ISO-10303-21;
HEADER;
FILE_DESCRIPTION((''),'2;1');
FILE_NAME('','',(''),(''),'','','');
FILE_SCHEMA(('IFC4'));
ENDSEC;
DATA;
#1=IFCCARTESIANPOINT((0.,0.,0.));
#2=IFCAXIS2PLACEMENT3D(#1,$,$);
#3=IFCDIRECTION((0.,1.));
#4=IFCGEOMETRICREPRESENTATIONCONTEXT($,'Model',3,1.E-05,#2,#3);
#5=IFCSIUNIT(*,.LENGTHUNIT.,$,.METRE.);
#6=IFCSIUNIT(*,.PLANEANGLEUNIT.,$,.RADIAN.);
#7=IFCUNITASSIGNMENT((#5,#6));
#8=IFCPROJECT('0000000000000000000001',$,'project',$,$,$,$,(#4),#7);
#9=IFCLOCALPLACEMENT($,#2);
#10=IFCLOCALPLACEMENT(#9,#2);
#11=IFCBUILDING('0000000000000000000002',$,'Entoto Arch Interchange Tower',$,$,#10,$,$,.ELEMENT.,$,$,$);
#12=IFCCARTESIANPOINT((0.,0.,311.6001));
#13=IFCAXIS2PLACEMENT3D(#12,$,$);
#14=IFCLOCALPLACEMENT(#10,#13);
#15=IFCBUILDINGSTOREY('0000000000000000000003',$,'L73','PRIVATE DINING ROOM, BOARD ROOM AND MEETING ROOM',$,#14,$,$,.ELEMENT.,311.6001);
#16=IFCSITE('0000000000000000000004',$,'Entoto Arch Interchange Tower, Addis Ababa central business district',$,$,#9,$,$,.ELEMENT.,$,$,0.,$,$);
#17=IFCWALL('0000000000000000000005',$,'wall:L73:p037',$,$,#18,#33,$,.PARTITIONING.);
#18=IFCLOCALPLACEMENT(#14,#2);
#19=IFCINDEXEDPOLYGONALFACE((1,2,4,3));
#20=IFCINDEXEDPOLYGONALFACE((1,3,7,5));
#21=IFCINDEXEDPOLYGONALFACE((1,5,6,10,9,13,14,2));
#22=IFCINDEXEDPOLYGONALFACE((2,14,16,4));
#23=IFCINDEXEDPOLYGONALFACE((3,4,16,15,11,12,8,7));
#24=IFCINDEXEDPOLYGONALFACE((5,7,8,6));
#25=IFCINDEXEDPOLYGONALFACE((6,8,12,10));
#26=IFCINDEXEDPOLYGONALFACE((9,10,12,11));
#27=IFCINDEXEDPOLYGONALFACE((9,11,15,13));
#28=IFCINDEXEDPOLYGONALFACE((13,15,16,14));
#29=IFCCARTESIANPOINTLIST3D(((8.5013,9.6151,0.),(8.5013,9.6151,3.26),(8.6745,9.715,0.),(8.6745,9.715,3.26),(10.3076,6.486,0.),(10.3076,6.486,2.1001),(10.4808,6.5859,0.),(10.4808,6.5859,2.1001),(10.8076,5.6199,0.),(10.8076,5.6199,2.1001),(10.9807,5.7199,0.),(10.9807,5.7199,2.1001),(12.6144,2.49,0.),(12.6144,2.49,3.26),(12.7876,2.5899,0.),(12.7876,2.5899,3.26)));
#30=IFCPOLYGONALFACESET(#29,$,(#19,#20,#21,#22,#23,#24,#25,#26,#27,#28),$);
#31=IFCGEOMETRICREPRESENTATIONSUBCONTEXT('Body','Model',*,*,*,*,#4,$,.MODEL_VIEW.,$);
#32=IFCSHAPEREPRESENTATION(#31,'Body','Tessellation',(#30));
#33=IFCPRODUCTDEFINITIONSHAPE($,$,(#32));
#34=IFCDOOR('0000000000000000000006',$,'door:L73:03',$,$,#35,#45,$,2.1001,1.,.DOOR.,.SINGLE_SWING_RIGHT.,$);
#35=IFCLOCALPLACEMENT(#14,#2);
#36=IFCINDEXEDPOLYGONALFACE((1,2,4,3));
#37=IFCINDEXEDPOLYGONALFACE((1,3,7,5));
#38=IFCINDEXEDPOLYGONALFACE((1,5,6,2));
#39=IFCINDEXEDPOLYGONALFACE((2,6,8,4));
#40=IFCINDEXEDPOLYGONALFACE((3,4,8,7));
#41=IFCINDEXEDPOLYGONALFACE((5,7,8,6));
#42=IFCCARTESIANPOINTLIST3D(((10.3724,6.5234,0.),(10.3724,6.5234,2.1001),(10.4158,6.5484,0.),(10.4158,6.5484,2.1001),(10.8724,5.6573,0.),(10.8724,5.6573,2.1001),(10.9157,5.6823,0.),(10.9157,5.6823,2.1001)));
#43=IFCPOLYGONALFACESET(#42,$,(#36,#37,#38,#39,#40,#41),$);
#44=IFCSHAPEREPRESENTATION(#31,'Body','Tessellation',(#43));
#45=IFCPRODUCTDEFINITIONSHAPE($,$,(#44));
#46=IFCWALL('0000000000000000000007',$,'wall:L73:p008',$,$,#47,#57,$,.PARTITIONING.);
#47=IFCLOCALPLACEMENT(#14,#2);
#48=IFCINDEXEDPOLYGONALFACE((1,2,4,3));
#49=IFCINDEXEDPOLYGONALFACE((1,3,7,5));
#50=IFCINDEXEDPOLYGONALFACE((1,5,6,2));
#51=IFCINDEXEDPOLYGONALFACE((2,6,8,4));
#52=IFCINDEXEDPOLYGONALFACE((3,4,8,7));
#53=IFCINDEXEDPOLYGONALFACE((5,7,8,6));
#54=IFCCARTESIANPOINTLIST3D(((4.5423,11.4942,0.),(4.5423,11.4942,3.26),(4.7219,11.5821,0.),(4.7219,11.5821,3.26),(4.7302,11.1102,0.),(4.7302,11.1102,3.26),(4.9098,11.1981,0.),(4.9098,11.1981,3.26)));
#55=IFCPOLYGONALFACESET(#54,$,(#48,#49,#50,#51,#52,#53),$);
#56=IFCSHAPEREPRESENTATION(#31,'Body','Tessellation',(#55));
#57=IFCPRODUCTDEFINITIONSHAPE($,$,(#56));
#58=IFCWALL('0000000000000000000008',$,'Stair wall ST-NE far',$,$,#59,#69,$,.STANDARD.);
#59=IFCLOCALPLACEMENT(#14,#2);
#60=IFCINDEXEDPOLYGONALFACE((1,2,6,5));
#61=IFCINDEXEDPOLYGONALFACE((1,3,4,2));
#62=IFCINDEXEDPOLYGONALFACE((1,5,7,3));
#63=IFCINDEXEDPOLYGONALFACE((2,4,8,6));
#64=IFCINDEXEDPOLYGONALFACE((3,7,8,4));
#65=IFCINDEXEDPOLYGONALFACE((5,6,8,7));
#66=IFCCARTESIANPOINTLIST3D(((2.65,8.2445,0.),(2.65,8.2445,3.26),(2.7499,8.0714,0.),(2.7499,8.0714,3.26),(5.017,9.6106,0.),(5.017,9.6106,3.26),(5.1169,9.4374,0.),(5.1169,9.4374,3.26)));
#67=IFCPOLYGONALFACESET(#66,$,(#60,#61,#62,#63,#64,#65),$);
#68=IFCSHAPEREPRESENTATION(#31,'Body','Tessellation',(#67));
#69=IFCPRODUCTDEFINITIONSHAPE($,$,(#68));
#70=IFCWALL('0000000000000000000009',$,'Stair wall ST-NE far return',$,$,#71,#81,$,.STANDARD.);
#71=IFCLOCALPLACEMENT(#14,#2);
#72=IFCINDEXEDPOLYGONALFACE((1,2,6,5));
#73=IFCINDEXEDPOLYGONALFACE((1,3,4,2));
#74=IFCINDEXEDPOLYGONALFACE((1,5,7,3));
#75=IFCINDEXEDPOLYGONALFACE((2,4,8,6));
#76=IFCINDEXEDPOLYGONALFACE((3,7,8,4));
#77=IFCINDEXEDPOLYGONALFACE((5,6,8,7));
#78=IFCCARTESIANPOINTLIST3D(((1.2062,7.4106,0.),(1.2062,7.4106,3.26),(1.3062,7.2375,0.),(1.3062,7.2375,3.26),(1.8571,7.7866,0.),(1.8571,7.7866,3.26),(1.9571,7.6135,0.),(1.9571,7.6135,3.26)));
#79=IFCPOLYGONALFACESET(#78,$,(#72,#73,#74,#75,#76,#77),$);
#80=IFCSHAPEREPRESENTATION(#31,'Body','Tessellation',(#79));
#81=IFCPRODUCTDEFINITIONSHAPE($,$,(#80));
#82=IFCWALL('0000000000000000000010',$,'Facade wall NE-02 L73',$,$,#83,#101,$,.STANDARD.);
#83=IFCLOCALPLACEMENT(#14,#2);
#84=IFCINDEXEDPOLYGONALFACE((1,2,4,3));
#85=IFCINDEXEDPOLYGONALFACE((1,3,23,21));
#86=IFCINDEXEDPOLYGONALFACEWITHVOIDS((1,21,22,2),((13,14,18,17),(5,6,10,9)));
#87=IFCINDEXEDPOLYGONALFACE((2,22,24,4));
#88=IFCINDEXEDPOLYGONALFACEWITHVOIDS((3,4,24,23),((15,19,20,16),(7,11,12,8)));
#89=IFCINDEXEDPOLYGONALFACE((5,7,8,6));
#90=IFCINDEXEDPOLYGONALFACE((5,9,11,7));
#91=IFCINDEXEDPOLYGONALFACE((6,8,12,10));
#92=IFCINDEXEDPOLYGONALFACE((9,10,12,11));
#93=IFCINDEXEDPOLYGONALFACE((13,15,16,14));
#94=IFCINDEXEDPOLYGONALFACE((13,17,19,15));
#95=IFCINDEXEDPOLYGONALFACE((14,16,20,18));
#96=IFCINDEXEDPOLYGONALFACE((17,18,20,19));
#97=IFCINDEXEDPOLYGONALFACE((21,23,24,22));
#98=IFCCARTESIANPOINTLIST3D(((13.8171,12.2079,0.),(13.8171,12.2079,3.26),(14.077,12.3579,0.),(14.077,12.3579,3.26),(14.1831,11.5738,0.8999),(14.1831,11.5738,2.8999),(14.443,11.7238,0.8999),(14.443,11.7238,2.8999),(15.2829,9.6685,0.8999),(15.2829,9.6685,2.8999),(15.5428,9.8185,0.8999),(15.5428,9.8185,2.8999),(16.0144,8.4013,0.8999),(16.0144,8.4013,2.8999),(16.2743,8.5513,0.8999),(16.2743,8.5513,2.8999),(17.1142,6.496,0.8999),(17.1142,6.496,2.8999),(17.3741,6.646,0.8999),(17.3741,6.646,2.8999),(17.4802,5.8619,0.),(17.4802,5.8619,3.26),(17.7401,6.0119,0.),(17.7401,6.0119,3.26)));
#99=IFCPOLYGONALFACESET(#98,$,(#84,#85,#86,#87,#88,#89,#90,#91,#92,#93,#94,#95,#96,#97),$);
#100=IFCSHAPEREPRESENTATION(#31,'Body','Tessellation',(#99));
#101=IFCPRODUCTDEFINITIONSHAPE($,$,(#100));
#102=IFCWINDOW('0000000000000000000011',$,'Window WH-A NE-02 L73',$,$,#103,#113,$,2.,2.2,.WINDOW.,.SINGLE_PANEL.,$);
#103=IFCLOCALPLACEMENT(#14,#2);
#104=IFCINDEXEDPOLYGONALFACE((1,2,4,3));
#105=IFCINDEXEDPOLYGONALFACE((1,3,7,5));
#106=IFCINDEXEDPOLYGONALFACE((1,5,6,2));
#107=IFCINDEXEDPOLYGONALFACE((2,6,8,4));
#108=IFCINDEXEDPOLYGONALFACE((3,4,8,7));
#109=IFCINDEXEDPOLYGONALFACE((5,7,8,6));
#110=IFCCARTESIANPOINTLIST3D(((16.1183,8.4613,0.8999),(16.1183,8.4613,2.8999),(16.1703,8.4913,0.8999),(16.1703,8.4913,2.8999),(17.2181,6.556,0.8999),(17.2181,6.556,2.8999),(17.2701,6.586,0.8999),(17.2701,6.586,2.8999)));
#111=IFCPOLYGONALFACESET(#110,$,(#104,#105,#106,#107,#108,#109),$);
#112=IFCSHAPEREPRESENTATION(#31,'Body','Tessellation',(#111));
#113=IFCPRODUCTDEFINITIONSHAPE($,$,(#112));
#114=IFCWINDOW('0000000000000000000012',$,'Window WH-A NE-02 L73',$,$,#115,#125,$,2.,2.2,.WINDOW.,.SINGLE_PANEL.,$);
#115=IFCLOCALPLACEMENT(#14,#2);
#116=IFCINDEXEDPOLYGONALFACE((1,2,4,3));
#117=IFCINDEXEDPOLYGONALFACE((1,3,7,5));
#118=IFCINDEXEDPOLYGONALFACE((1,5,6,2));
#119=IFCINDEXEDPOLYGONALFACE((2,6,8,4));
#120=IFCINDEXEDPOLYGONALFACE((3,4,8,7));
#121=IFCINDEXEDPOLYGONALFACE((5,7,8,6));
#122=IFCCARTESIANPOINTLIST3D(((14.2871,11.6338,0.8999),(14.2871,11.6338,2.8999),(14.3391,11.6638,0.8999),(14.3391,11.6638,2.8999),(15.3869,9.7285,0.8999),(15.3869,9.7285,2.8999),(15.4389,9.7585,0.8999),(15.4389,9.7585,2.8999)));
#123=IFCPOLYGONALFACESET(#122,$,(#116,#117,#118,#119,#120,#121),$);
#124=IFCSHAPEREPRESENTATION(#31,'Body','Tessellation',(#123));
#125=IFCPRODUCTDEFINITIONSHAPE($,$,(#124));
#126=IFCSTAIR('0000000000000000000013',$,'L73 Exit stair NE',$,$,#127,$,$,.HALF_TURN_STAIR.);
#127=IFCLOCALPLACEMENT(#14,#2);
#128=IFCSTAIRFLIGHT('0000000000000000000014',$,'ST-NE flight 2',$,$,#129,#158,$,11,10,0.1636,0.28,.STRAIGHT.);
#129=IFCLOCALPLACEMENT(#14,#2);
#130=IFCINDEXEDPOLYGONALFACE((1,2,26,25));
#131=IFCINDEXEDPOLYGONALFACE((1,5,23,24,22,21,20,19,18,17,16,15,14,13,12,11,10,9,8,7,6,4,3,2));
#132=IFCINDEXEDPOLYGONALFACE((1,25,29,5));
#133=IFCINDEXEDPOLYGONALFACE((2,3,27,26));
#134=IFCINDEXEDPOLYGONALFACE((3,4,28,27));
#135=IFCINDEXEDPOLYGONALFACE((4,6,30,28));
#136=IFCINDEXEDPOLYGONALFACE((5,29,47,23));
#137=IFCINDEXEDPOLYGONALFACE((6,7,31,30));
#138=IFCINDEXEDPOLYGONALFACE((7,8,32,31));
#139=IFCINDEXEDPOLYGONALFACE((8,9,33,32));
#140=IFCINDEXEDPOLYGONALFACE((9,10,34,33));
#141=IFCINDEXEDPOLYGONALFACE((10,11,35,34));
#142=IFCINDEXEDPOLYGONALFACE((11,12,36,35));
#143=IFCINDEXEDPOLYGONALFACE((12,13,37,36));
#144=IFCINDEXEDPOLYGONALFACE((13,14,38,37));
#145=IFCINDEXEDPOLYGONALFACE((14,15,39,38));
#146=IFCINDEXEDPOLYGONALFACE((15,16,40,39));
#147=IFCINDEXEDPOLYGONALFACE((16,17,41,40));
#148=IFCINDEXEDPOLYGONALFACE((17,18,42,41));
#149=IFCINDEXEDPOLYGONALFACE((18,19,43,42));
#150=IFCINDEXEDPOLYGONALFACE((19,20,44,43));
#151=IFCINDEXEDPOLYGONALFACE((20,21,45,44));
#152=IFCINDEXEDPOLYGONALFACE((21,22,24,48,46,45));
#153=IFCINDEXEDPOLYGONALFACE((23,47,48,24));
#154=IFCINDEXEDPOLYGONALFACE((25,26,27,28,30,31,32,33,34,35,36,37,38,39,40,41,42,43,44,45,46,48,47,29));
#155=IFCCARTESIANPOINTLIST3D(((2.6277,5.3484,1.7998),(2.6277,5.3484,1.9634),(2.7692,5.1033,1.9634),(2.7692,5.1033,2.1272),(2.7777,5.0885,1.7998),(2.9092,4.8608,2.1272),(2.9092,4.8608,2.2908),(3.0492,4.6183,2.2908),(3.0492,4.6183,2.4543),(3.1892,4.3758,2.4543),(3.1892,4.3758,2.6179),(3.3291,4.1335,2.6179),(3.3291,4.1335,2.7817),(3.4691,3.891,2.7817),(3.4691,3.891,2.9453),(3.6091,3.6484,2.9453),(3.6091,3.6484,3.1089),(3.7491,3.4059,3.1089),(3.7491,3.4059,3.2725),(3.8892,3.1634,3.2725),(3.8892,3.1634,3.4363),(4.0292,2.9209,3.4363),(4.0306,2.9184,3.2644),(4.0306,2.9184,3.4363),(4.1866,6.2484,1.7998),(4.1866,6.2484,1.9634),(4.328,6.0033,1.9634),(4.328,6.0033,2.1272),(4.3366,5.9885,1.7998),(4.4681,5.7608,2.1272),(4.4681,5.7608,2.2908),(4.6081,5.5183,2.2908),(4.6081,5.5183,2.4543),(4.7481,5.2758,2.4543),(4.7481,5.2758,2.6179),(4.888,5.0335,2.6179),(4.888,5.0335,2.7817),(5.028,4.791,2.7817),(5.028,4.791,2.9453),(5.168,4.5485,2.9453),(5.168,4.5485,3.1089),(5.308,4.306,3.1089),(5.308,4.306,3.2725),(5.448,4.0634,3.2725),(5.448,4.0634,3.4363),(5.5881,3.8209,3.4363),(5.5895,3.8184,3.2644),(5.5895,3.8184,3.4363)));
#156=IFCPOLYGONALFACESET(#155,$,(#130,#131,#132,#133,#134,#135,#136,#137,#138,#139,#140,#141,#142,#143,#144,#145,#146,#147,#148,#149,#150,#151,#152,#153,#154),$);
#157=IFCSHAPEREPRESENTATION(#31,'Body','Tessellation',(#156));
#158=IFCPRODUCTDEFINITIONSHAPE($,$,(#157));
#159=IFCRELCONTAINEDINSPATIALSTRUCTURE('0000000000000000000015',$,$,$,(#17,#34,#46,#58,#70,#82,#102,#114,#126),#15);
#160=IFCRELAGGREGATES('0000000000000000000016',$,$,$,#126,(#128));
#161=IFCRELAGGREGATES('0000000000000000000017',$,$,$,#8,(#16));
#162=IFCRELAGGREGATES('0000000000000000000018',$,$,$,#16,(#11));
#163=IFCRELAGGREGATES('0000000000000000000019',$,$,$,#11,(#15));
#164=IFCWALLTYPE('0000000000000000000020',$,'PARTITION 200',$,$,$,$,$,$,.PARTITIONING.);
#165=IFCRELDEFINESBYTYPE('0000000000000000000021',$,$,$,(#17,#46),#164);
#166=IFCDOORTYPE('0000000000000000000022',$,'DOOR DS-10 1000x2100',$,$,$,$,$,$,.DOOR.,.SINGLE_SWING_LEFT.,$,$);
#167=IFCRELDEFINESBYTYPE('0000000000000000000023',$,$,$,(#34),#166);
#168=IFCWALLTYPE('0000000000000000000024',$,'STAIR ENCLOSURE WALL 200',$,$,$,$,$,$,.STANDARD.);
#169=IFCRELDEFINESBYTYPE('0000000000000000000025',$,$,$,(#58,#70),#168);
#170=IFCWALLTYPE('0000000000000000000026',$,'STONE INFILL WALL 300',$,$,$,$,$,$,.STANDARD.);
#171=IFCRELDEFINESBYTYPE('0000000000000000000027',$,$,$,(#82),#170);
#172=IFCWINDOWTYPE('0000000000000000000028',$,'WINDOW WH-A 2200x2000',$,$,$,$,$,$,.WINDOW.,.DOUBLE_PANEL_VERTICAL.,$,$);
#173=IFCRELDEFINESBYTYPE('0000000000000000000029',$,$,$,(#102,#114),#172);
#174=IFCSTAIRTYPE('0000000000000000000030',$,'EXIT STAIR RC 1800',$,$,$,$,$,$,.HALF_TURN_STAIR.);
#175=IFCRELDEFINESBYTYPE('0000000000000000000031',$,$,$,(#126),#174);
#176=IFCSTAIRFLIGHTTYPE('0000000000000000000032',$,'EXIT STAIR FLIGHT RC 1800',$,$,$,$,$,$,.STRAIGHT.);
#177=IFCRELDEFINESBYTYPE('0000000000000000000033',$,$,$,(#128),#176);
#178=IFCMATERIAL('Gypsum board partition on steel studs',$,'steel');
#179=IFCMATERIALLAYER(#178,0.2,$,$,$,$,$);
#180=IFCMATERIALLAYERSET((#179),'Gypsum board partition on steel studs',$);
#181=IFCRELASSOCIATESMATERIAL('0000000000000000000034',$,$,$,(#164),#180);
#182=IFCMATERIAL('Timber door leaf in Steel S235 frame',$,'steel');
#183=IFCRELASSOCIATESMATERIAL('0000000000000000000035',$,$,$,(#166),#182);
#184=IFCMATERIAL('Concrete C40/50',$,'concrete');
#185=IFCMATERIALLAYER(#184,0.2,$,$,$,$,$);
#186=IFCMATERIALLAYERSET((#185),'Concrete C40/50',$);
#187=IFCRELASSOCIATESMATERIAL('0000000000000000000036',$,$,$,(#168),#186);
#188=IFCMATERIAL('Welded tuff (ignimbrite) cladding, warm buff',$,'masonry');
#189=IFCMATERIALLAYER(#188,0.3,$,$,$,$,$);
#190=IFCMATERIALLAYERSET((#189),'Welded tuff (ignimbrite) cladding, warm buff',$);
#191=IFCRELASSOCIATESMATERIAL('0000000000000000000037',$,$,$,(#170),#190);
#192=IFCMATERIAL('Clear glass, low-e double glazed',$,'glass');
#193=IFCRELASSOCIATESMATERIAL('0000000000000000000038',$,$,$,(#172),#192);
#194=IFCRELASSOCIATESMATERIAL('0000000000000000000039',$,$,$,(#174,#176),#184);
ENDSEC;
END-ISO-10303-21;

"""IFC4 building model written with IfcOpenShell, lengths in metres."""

from ifc_helpers import new_model, si_unit, direction, frame, frame_2d, origin, place, context, subcontext, project, spatial, polyline, rectangle, outline, extrude, material, layer, layer_set, type_object, element, fill, aggregate, save


model = new_model("IFC4")

# Units and contexts
model_context = context("Model", 3, precision=1e-05, world=origin(), true_north=direction((0.0, 1.0)))
body_context = subcontext(model_context, "Body", "Model", "MODEL_VIEW")
ifc_project = project(units=[si_unit("LENGTHUNIT", "METRE"), si_unit("PLANEANGLEUNIT", "RADIAN")], contexts=[model_context])

# Site, building, storey
site_placement = place(None, origin())
site = spatial("IfcSite", under=ifc_project, at=site_placement, Name="Entoto Arch Interchange Tower, Addis Ababa central business district", CompositionType="ELEMENT", RefElevation=0.0)
building_placement = place(site_placement, origin())
building = spatial("IfcBuilding", under=site, at=building_placement, Name="Entoto Arch Interchange Tower", CompositionType="ELEMENT")
storey_placement = place(building_placement, frame((0.0, 0.0, 311.6001)))
storey = spatial("IfcBuildingStorey", under=building, at=storey_placement, Name="L73", Description="PRIVATE DINING ROOM, BOARD ROOM AND MEETING ROOM", CompositionType="ELEMENT", Elevation=311.6001)

# Shared definitions
ifc_material_1 = material(Name="Concrete C40/50", Category="concrete")

# Shared definitions
ifc_material_2 = material(Name="Gypsum board partition on steel studs", Category="steel")
ifc_layer_1 = layer(ifc_material_2, 0.2)
ifc_layer_set_1 = layer_set([ifc_layer_1], Name="Gypsum board partition on steel studs")
wall_type_1 = type_object("IfcWallType", Name="PARTITION 200", PredefinedType="PARTITIONING", material=ifc_layer_set_1)

# Wall, opening, door
ifc_material_3 = material(Name="Timber door leaf in Steel S235 frame", Category="steel")
door_type_1 = type_object("IfcDoorType", Name="DOOR DS-10 1000x2100", OperationType="SINGLE_SWING_LEFT", PredefinedType="DOOR", material=ifc_material_3)
wall_1_placement = place(storey_placement, frame((8.5879, 9.665, 0.0), z_axis=(0.0, 0.0, 1.0), x_axis=(0.499947, -0.866056, 0.0)))
wall_1 = element("IfcWall", 1, at=wall_1_placement, inside=storey, type_object=wall_type_1, Name="wall:L73:p037", PredefinedType="PARTITIONING", context=body_context, shape_type="SweptSolid", body=[
    extrude(rectangle(XDim=8.2271, YDim=0.2, at=frame_2d((4.1135, 0.0))), origin(), (0.0, 0.0, 1.0), 3.26),
])
opening_1_placement = place(wall_1_placement, frame((3.613, 0.0, 0.0)))
opening_1 = element("IfcOpeningElement", 2, at=opening_1_placement, cuts=wall_1, PredefinedType="OPENING", context=body_context, shape_type="SweptSolid", body=[
    extrude(rectangle(XDim=1.0, YDim=2.1001, at=frame_2d((0.5, 1.05))), frame((0.0, 0.1099, 0.0), z_axis=(0.0, -1.0, 0.0), x_axis=(1.0, 0.0, 0.0)), (0.0, 0.0, 1.0), 0.22),
])
door_1_placement = place(opening_1_placement, origin())
door_1 = element("IfcDoor", 3, at=door_1_placement, inside=storey, type_object=door_type_1, Name="door:L73:03", OperationType="SINGLE_SWING_RIGHT", OverallHeight=2.1001, OverallWidth=1.0, PredefinedType="DOOR", context=body_context, shape_type="SweptSolid", body=[
    extrude(rectangle(XDim=1.0, YDim=2.1001, at=frame_2d((0.5, 1.05))), frame((0.0, 0.0249, 0.0), z_axis=(0.0, -1.0, 0.0), x_axis=(1.0, 0.0, 0.0)), (0.0, 0.0, 1.0), 0.05),
])
fill(opening_1, door_1)

# Walls
wall_2_placement = place(storey_placement, frame((4.8201, 11.1541, 0.0), z_axis=(0.0, 0.0, 1.0), x_axis=(-0.439661, 0.898164, 0.0)))
element("IfcWall", 4, at=wall_2_placement, inside=storey, type_object=wall_type_1, Name="wall:L73:p008", PredefinedType="PARTITIONING", context=body_context, shape_type="SweptSolid", body=[
    extrude(rectangle(XDim=0.4275, YDim=0.2, at=frame_2d((0.2139, 0.0))), origin(), (0.0, 0.0, 1.0), 3.26),
])
ifc_layer_2 = layer(ifc_material_1, 0.2)
ifc_layer_set_2 = layer_set([ifc_layer_2], Name="Concrete C40/50")
wall_type_2 = type_object("IfcWallType", Name="STAIR ENCLOSURE WALL 200", PredefinedType="STANDARD", material=ifc_layer_set_2)
wall_3_placement = place(storey_placement, frame((2.7, 8.158, 0.0), z_axis=(0.0, 0.0, 1.0), x_axis=(0.866119, 0.499838, 0.0)))
element("IfcWall", 5, at=wall_3_placement, inside=storey, type_object=wall_type_2, Name="Stair wall ST-NE far", PredefinedType="STANDARD", context=body_context, shape_type="SweptSolid", body=[
    extrude(rectangle(XDim=2.7329, YDim=0.2, at=frame_2d((1.3665, 0.0))), origin(), (0.0, 0.0, 1.0), 3.26),
])
wall_4_placement = place(storey_placement, frame((1.2561, 7.324, 0.0), z_axis=(0.0, 0.0, 1.0), x_axis=(0.865915, 0.500191, 0.0)))
element("IfcWall", 6, at=wall_4_placement, inside=storey, type_object=wall_type_2, Name="Stair wall ST-NE far return", PredefinedType="STANDARD", context=body_context, shape_type="SweptSolid", body=[
    extrude(rectangle(XDim=0.7517, YDim=0.2, at=frame_2d((0.376, 0.0))), origin(), (0.0, 0.0, 1.0), 3.26),
])

# Wall, openings, windows
ifc_material_4 = material(Name="Welded tuff (ignimbrite) cladding, warm buff", Category="masonry")
ifc_layer_3 = layer(ifc_material_4, 0.3)
ifc_layer_set_3 = layer_set([ifc_layer_3], Name="Welded tuff (ignimbrite) cladding, warm buff")
wall_type_3 = type_object("IfcWallType", Name="STONE INFILL WALL 300", PredefinedType="STANDARD", material=ifc_layer_set_3)
wall_5_placement = place(storey_placement, frame((17.6101, 5.937, 0.0), z_axis=(0.0, 0.0, 1.0), x_axis=(-0.499923, 0.86607, 0.0)))
wall_5 = element("IfcWall", 7, at=wall_5_placement, inside=storey, type_object=wall_type_3, Name="Facade wall NE-02 L73", PredefinedType="STANDARD", context=body_context, shape_type="SweptSolid", body=[
    extrude(rectangle(XDim=7.3274, YDim=0.3, at=frame_2d((3.6636, 0.0))), origin(), (0.0, 0.0, 1.0), 3.26),
])
opening_2_placement = place(wall_5_placement, frame((0.7319, 0.0, 0.8999)))
opening_2 = element("IfcOpeningElement", 8, at=opening_2_placement, cuts=wall_5, PredefinedType="OPENING", context=body_context, shape_type="SweptSolid", body=[
    extrude(rectangle(XDim=2.2, YDim=2.0, at=frame_2d((1.1001, 1.0))), frame((0.0, 0.1602, 0.0), z_axis=(0.0, -1.0, 0.0), x_axis=(1.0, 0.0, 0.0)), (0.0, 0.0, 1.0), 0.3201),
])
opening_3_placement = place(wall_5_placement, frame((4.395, 0.0, 0.8999)))
opening_3 = element("IfcOpeningElement", 9, at=opening_3_placement, cuts=wall_5, PredefinedType="OPENING", context=body_context, shape_type="SweptSolid", body=[
    extrude(rectangle(XDim=2.2, YDim=2.0, at=frame_2d((1.1001, 1.0))), frame((0.0, 0.1602, 0.0), z_axis=(0.0, -1.0, 0.0), x_axis=(1.0, 0.0, 0.0)), (0.0, 0.0, 1.0), 0.3201),
])
ifc_material_5 = material(Name="Clear glass, low-e double glazed", Category="glass")
window_type = type_object("IfcWindowType", Name="WINDOW WH-A 2200x2000", PartitioningType="DOUBLE_PANEL_VERTICAL", PredefinedType="WINDOW", material=ifc_material_5)
window_1_placement = place(opening_2_placement, origin())
window_1 = element("IfcWindow", 10, at=window_1_placement, inside=storey, type_object=window_type, Name="Window WH-A NE-02 L73", OverallHeight=2.0, OverallWidth=2.2, PartitioningType="SINGLE_PANEL", PredefinedType="WINDOW", context=body_context, shape_type="SweptSolid", body=[
    extrude(rectangle(XDim=2.2, YDim=2.0, at=frame_2d((1.1001, 1.0))), frame((0.0, 0.03, 0.0), z_axis=(0.0, -1.0, 0.0), x_axis=(1.0, 0.0, 0.0)), (0.0, 0.0, 1.0), 0.0601),
])
fill(opening_2, window_1)
window_2_placement = place(opening_3_placement, origin())
window_2 = element("IfcWindow", 11, at=window_2_placement, inside=storey, type_object=window_type, Name="Window WH-A NE-02 L73", OverallHeight=2.0, OverallWidth=2.2, PartitioningType="SINGLE_PANEL", PredefinedType="WINDOW", context=body_context, shape_type="SweptSolid", body=[
    extrude(rectangle(XDim=2.2, YDim=2.0, at=frame_2d((1.1001, 1.0))), frame((0.0, 0.03, 0.0), z_axis=(0.0, -1.0, 0.0), x_axis=(1.0, 0.0, 0.0)), (0.0, 0.0, 1.0), 0.0601),
])
fill(opening_3, window_2)

# Stair, stair flight
stair_type = type_object("IfcStairType", Name="EXIT STAIR RC 1800", PredefinedType="HALF_TURN_STAIR", material=ifc_material_1)
stair_placement = place(storey_placement, origin())
stair = element("IfcStair", 12, at=stair_placement, inside=storey, type_object=stair_type, Name="L73 Exit stair NE", PredefinedType="HALF_TURN_STAIR")
stair_flight_type = type_object("IfcStairFlightType", Name="EXIT STAIR FLIGHT RC 1800", PredefinedType="STRAIGHT", material=ifc_material_1)
stair_flight_placement = place(storey_placement, frame((3.4087, 5.7959, 1.7998), z_axis=(0.0, 0.0, 1.0), x_axis=(0.5, -0.866025, 0.0)))
stair_flight = element("IfcStairFlight", 13, at=stair_flight_placement, type_object=stair_flight_type, Name="ST-NE flight 2", NumberOfRisers=11, NumberOfTreads=10, PredefinedType="STRAIGHT", RiserHeight=0.1636, TreadLength=0.28, context=body_context, shape_type="SweptSolid", body=[
    extrude(outline(polyline([(-0.0029, 0.0), (-0.0029, 0.1636), (0.28, 0.1636), (0.28, 0.3274), (0.5601, 0.3274), (0.5601, 0.491), (0.8401, 0.491), (0.8401, 0.6545), (1.1201, 0.6545), (1.1201, 0.8181), (1.3999, 0.8181), (1.3999, 0.9819), (1.6799, 0.9819), (1.6799, 1.1455), (1.96, 1.1455), (1.96, 1.3091), (2.24, 1.3091), (2.24, 1.4727), (2.52, 1.4727), (2.52, 1.6365), (2.8, 1.6365), (2.803, 1.6365), (2.803, 1.4646), (0.2971, 0.0), (-0.0029, 0.0)])), frame((0.0, 0.8999, 0.0), z_axis=(0.0, -1.0, 0.0), x_axis=(1.0, 0.0, 0.0)), (0.0, 0.0, 1.0), 1.8),
])
aggregate(stair, [stair_flight])

save(model, "model.ifc")
